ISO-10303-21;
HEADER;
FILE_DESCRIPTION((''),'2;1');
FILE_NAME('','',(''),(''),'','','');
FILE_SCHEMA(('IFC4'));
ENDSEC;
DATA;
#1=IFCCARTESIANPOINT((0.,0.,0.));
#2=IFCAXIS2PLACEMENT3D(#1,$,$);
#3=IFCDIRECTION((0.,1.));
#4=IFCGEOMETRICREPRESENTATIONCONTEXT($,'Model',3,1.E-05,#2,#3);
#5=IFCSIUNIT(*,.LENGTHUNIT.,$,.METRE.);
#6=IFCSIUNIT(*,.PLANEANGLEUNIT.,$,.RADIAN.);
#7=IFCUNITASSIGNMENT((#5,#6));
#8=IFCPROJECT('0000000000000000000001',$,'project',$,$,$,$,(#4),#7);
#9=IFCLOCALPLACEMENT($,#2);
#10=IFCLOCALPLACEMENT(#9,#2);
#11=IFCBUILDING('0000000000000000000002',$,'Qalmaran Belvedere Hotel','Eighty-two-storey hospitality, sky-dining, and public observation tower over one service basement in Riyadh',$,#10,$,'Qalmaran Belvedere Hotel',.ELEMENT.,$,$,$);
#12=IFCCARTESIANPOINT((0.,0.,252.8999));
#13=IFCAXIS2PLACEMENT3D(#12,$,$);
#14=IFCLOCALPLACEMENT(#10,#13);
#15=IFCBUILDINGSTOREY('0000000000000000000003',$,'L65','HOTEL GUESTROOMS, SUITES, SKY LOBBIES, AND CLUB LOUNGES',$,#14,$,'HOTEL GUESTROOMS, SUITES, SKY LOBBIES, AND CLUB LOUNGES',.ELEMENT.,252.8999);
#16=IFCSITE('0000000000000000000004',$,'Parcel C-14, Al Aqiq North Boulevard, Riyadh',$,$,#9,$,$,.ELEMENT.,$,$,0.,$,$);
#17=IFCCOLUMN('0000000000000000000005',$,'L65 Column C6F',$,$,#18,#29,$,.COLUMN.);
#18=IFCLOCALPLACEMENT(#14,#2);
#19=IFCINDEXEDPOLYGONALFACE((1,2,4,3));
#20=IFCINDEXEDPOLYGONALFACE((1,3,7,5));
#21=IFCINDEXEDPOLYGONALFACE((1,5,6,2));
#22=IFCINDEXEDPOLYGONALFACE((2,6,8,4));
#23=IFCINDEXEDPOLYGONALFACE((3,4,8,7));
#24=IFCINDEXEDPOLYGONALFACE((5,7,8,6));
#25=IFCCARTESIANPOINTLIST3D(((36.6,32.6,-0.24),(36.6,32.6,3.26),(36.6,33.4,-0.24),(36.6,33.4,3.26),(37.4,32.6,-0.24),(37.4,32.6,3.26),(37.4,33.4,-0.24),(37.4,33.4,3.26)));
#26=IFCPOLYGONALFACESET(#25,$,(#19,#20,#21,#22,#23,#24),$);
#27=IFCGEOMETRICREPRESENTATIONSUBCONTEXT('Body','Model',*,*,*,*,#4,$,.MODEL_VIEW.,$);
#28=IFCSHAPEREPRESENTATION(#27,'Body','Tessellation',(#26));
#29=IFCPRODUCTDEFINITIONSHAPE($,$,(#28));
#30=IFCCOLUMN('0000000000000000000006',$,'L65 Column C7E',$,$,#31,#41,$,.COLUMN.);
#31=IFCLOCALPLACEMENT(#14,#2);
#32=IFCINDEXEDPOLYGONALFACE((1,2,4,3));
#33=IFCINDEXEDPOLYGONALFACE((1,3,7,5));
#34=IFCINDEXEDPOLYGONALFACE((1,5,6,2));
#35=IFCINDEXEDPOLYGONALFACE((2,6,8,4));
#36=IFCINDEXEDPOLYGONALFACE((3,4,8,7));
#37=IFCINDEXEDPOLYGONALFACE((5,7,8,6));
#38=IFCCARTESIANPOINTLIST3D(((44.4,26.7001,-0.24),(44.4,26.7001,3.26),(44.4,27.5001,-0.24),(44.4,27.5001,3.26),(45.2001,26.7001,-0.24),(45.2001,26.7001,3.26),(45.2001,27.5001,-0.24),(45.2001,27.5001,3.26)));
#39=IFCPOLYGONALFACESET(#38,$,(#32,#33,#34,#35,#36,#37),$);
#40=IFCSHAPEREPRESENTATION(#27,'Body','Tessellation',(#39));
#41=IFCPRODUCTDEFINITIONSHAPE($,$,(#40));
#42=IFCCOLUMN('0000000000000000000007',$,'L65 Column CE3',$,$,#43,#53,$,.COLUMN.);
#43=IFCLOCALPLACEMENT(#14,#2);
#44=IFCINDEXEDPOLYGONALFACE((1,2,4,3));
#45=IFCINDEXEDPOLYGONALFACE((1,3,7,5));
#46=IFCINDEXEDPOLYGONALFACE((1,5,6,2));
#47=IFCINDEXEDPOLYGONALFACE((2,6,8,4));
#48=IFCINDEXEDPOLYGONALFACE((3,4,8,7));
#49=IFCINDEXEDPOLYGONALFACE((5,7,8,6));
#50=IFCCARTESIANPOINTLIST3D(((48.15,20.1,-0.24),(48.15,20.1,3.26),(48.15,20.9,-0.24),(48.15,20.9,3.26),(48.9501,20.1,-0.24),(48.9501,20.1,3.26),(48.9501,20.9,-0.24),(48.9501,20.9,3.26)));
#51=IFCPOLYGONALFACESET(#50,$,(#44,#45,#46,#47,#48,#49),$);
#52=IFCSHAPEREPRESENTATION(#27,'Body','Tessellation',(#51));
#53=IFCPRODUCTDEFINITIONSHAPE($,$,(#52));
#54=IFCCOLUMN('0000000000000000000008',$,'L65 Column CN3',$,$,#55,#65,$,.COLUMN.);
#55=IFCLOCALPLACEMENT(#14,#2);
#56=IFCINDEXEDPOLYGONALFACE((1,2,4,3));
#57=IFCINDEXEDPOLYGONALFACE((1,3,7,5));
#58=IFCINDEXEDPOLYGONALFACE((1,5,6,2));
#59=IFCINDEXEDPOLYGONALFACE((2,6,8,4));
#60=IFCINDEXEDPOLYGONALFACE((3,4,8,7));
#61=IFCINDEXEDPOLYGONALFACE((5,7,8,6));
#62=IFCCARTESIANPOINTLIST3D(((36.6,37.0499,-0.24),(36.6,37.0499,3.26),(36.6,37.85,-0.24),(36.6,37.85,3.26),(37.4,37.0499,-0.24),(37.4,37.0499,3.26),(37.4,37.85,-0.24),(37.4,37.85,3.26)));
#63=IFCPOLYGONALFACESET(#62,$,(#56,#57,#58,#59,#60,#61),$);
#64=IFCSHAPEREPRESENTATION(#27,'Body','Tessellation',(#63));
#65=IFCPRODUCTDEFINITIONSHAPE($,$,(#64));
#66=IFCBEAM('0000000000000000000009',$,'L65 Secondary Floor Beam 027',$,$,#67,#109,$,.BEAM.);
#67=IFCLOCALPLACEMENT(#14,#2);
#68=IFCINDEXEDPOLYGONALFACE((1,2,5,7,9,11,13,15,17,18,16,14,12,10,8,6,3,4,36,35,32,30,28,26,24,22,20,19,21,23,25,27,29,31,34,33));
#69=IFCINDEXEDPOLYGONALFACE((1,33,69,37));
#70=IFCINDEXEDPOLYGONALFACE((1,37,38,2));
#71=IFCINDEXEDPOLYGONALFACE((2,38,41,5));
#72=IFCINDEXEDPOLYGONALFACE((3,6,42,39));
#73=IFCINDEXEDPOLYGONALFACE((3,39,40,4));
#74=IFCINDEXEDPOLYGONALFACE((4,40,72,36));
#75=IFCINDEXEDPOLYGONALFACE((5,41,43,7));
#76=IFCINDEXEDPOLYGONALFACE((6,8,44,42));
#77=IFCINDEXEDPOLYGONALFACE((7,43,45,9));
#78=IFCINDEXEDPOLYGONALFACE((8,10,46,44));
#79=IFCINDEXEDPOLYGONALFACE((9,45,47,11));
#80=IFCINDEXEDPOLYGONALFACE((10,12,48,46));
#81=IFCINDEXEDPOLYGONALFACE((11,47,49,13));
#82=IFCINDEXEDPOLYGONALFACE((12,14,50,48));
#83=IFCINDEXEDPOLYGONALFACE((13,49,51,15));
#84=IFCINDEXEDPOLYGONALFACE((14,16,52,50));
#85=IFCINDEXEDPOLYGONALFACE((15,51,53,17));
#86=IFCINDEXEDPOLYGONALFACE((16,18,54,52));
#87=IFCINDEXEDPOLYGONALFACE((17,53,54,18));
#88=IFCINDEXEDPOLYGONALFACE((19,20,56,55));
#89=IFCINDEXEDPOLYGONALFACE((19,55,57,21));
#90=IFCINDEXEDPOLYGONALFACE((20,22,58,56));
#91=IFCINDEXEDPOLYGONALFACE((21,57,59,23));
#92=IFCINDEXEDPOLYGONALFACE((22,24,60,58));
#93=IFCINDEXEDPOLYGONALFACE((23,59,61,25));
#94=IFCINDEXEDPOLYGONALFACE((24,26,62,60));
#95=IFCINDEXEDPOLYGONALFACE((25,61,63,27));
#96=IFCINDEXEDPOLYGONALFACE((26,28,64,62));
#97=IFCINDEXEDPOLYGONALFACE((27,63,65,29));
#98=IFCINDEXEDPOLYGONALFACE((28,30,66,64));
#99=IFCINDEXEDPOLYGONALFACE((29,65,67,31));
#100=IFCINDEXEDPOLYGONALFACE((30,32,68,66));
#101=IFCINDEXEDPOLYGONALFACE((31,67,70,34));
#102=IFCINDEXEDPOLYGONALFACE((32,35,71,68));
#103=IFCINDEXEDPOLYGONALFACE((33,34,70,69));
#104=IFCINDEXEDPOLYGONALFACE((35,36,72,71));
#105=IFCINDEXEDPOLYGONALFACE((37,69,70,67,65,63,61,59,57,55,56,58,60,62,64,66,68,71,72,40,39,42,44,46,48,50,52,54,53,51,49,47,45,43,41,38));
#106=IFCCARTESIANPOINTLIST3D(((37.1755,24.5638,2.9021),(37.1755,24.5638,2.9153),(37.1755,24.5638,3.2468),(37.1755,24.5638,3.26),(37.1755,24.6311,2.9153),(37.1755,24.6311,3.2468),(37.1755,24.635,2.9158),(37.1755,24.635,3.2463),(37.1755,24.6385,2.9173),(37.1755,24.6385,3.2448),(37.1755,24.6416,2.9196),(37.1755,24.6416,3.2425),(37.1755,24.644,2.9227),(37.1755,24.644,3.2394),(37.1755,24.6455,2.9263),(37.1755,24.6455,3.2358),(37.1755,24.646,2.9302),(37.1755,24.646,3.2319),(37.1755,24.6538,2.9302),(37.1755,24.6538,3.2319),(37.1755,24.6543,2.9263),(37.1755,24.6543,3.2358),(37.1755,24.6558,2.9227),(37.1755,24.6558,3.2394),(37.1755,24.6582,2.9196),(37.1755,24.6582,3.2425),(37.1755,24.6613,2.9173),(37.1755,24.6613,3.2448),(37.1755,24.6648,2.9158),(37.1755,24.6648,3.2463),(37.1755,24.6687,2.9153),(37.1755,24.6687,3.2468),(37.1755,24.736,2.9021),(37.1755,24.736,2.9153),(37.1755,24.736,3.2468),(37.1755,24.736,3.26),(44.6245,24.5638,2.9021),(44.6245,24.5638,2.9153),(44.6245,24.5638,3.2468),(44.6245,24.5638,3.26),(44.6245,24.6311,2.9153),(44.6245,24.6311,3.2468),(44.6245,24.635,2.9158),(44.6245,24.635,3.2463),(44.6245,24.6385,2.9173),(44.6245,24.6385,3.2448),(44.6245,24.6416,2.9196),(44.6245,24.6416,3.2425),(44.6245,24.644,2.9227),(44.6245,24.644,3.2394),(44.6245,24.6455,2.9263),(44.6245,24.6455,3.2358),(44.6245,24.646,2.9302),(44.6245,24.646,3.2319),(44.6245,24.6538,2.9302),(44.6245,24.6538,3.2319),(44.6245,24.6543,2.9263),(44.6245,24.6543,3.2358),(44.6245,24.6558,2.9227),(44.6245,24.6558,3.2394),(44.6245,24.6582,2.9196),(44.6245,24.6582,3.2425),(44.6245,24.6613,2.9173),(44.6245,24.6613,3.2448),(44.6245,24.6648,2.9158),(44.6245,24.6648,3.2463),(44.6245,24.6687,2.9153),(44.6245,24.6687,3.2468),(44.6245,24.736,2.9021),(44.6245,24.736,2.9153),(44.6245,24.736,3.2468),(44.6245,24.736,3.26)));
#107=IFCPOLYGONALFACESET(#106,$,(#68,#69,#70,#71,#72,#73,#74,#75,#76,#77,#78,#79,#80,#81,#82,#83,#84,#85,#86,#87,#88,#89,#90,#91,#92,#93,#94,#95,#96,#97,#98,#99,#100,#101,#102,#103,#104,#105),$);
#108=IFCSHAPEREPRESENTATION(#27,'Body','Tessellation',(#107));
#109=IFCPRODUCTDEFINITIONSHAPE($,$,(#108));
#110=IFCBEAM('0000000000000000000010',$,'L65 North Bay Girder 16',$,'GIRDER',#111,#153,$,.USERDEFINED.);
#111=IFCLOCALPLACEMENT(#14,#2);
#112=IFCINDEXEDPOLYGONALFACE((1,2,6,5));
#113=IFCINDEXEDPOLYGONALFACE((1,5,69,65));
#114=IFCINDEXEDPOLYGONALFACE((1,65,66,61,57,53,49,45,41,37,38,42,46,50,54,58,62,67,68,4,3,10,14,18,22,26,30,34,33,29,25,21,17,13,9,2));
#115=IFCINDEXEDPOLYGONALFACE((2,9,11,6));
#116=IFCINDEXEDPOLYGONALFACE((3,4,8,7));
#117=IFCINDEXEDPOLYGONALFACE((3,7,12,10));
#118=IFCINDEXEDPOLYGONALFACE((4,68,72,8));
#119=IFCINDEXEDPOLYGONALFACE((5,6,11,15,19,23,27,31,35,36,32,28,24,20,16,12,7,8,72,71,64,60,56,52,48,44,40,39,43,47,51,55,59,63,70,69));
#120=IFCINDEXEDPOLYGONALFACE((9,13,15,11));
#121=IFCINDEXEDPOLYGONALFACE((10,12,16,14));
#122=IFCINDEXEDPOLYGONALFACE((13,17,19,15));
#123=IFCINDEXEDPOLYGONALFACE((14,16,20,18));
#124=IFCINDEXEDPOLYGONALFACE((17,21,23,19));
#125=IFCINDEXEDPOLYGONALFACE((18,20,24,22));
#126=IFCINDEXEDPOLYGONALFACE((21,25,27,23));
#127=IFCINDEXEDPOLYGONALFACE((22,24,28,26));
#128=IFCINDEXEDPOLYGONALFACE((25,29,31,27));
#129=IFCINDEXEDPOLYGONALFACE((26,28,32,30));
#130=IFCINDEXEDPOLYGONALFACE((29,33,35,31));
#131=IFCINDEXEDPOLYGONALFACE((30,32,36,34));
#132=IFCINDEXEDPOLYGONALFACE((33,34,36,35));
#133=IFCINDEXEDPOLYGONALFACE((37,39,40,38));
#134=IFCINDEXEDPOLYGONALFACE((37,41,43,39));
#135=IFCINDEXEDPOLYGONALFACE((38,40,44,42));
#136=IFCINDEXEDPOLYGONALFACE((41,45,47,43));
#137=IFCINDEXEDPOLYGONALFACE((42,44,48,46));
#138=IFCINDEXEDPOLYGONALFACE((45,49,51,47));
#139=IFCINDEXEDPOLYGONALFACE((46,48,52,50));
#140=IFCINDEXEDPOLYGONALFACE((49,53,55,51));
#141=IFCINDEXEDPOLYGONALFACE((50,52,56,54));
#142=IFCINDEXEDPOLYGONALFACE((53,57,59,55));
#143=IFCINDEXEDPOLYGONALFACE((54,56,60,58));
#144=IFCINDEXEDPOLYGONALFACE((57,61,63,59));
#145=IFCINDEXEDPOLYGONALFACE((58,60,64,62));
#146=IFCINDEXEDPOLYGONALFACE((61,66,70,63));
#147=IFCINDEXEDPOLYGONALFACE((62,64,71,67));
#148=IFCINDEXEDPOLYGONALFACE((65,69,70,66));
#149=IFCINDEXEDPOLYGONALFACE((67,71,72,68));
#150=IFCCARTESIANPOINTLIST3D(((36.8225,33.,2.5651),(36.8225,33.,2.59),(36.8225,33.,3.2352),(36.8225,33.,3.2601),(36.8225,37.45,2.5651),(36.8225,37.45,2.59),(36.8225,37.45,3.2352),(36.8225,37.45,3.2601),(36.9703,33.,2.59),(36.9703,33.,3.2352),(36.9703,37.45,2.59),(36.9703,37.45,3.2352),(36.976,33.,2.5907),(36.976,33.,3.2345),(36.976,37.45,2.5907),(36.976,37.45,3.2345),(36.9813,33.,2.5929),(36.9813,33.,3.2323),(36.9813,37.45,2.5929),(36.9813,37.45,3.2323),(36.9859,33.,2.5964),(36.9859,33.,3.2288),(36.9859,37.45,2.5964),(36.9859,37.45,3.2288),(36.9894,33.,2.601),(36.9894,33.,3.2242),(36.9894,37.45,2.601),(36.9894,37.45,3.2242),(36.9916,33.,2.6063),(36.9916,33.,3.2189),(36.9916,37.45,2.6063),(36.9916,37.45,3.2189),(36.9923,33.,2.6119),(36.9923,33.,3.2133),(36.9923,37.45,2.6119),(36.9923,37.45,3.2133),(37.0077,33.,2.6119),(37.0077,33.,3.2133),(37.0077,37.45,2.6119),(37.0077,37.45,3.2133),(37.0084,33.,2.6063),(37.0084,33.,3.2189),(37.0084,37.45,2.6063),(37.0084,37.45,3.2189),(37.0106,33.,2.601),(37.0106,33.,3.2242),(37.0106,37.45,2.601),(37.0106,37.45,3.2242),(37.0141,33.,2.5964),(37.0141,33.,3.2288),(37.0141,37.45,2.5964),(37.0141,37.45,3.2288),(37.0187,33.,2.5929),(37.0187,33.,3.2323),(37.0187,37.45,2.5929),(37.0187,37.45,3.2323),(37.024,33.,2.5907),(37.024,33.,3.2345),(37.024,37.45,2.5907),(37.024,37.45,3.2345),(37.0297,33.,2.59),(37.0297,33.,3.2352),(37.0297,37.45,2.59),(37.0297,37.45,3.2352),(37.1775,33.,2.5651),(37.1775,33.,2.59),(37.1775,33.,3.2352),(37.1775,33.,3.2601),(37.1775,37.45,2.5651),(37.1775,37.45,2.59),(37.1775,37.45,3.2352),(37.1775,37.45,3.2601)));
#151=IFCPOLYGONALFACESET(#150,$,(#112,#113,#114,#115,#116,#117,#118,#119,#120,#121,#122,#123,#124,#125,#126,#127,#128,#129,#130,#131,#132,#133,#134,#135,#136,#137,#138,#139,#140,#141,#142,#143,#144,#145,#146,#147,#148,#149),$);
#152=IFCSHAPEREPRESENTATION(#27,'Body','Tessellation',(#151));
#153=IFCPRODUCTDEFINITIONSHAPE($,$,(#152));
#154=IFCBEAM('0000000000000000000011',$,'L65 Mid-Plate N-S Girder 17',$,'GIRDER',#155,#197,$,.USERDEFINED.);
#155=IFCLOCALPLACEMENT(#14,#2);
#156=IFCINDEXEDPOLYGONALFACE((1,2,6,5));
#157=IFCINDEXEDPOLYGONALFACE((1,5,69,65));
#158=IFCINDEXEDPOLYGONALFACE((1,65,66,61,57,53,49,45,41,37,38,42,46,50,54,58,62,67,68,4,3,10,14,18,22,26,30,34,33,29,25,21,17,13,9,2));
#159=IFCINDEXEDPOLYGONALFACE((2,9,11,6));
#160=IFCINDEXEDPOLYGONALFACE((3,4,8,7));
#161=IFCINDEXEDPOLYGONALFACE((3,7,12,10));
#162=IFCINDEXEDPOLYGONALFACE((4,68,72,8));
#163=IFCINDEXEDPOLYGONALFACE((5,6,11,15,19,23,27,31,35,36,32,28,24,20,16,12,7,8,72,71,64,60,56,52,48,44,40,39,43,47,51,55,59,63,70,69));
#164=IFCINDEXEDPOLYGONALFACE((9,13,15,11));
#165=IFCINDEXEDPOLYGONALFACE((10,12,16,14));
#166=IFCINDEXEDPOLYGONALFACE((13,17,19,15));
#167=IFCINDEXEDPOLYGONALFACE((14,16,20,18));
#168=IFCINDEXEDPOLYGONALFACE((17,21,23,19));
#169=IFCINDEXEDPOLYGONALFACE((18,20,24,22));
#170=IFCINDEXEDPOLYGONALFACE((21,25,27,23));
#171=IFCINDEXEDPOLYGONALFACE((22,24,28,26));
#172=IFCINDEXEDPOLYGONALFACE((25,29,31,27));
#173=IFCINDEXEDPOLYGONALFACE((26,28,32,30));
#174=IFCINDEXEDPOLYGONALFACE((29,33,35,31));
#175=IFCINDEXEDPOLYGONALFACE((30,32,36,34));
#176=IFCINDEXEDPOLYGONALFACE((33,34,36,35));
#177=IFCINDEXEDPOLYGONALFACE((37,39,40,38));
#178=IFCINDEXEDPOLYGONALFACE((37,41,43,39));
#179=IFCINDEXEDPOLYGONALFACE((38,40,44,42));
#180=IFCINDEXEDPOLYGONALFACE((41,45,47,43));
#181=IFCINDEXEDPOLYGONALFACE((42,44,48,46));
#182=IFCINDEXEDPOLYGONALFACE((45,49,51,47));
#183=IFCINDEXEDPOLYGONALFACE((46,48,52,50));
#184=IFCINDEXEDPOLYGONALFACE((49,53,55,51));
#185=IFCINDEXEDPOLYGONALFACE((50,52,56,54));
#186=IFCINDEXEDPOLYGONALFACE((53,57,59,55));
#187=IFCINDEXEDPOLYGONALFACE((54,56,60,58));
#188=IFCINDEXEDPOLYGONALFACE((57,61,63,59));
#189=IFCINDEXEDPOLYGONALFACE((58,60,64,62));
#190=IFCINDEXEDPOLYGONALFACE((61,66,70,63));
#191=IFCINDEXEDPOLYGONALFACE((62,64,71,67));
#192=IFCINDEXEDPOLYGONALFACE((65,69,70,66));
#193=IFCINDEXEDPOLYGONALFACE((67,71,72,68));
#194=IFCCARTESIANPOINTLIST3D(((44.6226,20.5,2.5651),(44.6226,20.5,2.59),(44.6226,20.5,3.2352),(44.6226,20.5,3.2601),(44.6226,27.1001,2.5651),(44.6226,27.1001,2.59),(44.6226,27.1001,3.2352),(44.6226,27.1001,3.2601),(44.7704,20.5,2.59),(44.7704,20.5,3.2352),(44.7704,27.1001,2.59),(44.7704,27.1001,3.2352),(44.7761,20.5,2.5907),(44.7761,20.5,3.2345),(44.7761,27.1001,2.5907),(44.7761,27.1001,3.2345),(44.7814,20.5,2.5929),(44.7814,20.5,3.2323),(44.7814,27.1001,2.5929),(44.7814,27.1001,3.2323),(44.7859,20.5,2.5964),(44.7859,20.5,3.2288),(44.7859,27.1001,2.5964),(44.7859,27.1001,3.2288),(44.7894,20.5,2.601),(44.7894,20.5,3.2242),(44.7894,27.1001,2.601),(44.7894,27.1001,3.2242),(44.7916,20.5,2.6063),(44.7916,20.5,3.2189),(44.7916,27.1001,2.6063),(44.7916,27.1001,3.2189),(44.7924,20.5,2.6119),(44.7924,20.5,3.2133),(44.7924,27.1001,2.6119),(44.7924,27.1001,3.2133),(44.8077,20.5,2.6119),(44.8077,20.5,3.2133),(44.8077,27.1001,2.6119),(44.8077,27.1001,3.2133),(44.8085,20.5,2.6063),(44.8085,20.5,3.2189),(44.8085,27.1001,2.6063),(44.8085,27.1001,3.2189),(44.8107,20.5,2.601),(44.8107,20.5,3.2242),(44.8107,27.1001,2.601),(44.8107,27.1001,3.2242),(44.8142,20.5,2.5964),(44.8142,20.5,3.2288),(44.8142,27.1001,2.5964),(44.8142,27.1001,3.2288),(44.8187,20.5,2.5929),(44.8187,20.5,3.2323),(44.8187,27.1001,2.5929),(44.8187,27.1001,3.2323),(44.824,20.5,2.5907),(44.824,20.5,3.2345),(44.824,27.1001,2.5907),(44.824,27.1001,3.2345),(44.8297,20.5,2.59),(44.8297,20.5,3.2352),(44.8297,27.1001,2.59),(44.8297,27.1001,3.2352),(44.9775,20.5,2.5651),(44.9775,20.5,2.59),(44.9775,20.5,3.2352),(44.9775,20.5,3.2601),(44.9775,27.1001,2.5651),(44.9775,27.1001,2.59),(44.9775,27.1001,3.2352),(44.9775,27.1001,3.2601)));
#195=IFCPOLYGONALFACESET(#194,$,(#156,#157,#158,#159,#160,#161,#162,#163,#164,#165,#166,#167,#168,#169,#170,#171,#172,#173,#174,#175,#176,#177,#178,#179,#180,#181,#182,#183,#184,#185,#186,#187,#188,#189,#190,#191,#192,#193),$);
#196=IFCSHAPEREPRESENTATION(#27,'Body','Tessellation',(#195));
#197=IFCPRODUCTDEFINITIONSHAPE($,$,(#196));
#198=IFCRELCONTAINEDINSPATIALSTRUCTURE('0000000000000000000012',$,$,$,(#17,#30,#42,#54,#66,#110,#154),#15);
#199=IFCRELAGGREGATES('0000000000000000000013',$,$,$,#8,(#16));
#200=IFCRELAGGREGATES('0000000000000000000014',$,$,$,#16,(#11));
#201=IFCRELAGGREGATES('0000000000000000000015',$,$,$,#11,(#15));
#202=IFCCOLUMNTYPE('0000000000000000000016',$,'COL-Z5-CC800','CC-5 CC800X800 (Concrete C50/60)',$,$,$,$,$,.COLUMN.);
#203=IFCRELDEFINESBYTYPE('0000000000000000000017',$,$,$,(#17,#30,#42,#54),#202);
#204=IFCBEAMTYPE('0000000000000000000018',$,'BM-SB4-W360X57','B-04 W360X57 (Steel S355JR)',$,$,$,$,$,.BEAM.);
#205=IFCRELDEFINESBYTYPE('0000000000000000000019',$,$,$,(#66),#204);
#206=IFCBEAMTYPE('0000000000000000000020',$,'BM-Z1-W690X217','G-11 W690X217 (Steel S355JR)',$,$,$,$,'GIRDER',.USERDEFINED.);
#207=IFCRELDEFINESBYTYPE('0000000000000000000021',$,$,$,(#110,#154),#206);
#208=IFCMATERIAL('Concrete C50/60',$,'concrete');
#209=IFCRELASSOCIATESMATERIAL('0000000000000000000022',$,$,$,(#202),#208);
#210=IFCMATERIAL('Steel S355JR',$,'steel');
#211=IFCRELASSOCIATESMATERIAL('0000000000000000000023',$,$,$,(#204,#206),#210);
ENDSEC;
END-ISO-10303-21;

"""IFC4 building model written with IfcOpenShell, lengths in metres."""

from ifc_helpers import new_model, si_unit, direction, frame, origin, origin_2d, place, context, subcontext, project, spatial, rectangle, i_section, extrude, material, material_profile, profile_set, type_object, element, save


model = new_model("IFC4")

# Units and contexts
model_context = context("Model", 3, precision=1e-05, world=origin(), true_north=direction((0.0, 1.0)))
body_context = subcontext(model_context, "Body", "Model", "MODEL_VIEW")
ifc_project = project(units=[si_unit("LENGTHUNIT", "METRE"), si_unit("PLANEANGLEUNIT", "RADIAN")], contexts=[model_context])

# Site, building, storey
site_placement = place(None, origin())
site = spatial("IfcSite", under=ifc_project, at=site_placement, Name="Parcel C-14, Al Aqiq North Boulevard, Riyadh", CompositionType="ELEMENT", RefElevation=0.0)
building_placement = place(site_placement, origin())
building = spatial("IfcBuilding", under=site, at=building_placement, Name="Qalmaran Belvedere Hotel", Description="Eighty-two-storey hospitality, sky-dining, and public observation tower over one service basement in Riyadh", LongName="Qalmaran Belvedere Hotel", CompositionType="ELEMENT")
storey_placement = place(building_placement, frame((0.0, 0.0, 252.8999)))
storey = spatial("IfcBuildingStorey", under=building, at=storey_placement, Name="L65", Description="HOTEL GUESTROOMS, SUITES, SKY LOBBIES, AND CLUB LOUNGES", LongName="HOTEL GUESTROOMS, SUITES, SKY LOBBIES, AND CLUB LOUNGES", CompositionType="ELEMENT", Elevation=252.8999)

# Columns
ifc_material_1 = material(Name="Concrete C50/60", Category="concrete")
ifc_material_profile_1 = material_profile(ifc_material_1, rectangle(XDim=0.8, YDim=0.8, at=origin_2d()), Name="CC800X800")
ifc_profile_set_1 = profile_set([ifc_material_profile_1], Name="Concrete C50/60")
column_type = type_object("IfcColumnType", Name="COL-Z5-CC800", Description="CC-5 CC800X800 (Concrete C50/60)", PredefinedType="COLUMN", material=ifc_profile_set_1)
for number, where, z_axis, x_axis, name in (
    (1, (37.0, 33.0, -0.24), (0.0, 0.0, 1.0), (1.0, 0.0, 0.0), "L65 Column C6F"),
    (2, (44.8, 27.1001, -0.24), (0.0, 0.0, 1.0), (1.0, 0.0, 0.0), "L65 Column C7E"),
    (3, (48.55, 20.5, -0.24), (0.0, 0.0, 1.0), (1.0, 0.0, 0.0), "L65 Column CE3"),
    (4, (37.0, 37.45, -0.24), (0.0, 0.0, 1.0), (1.0, 0.0, 0.0), "L65 Column CN3"),
):
    element("IfcColumn", number, at=place(storey_placement, frame(where, z_axis=z_axis, x_axis=x_axis)), inside=storey, type_object=column_type, Name=name, PredefinedType="COLUMN", context=body_context, shape_type="SweptSolid", body=[
        extrude(rectangle(XDim=0.8, YDim=0.8, at=origin_2d()), origin(), (0.0, 0.0, 1.0), 3.5),
    ])

# Beams
ifc_material_2 = material(Name="Steel S355JR", Category="steel")
ifc_material_profile_2 = material_profile(ifc_material_2, i_section(OverallWidth=0.1721, OverallDepth=0.3579, WebThickness=0.0078, FlangeThickness=0.0132, FilletRadius=0.0149, at=origin_2d()), Name="W360X57")
ifc_profile_set_2 = profile_set([ifc_material_profile_2], Name="Steel S355JR")
beam_type_1 = type_object("IfcBeamType", Name="BM-SB4-W360X57", Description="B-04 W360X57 (Steel S355JR)", PredefinedType="BEAM", material=ifc_profile_set_2)
beam_1_placement = place(storey_placement, frame((37.1755, 24.6499, 3.0811), z_axis=(1.0, 0.0, 0.0), x_axis=(0.0, 1.0, 0.0)))
element("IfcBeam", 5, at=beam_1_placement, inside=storey, type_object=beam_type_1, Name="L65 Secondary Floor Beam 027", PredefinedType="BEAM", context=body_context, shape_type="SweptSolid", body=[
    extrude(i_section(OverallWidth=0.1721, OverallDepth=0.3579, WebThickness=0.0078, FlangeThickness=0.0132, FilletRadius=0.0149, at=origin_2d()), origin(), (0.0, 0.0, 1.0), 7.449),
])
ifc_material_profile_3 = material_profile(ifc_material_2, i_section(OverallWidth=0.355, OverallDepth=0.6951, WebThickness=0.0154, FlangeThickness=0.0249, FilletRadius=0.022, at=origin_2d()), Name="W690X217")
ifc_profile_set_3 = profile_set([ifc_material_profile_3], Name="Steel S355JR")
beam_type_2 = type_object("IfcBeamType", Name="BM-Z1-W690X217", Description="G-11 W690X217 (Steel S355JR)", ElementType="GIRDER", PredefinedType="USERDEFINED", material=ifc_profile_set_3)
beam_2_placement = place(storey_placement, frame((37.0, 33.0, 2.9126), z_axis=(0.0, 1.0, 0.0), x_axis=(-1.0, 0.0, 0.0)))
element("IfcBeam", 6, at=beam_2_placement, inside=storey, type_object=beam_type_2, Name="L65 North Bay Girder 16", ObjectType="GIRDER", PredefinedType="USERDEFINED", context=body_context, shape_type="SweptSolid", body=[
    extrude(i_section(OverallWidth=0.355, OverallDepth=0.6951, WebThickness=0.0154, FlangeThickness=0.0249, FilletRadius=0.022, at=origin_2d()), origin(), (0.0, 0.0, 1.0), 4.45),
])
beam_3_placement = place(storey_placement, frame((44.8, 20.5, 2.9126), z_axis=(0.0, 1.0, 0.0), x_axis=(-1.0, 0.0, 0.0)))
element("IfcBeam", 7, at=beam_3_placement, inside=storey, type_object=beam_type_2, Name="L65 Mid-Plate N-S Girder 17", ObjectType="GIRDER", PredefinedType="USERDEFINED", context=body_context, shape_type="SweptSolid", body=[
    extrude(i_section(OverallWidth=0.355, OverallDepth=0.6951, WebThickness=0.0154, FlangeThickness=0.0249, FilletRadius=0.022, at=origin_2d()), origin(), (0.0, 0.0, 1.0), 6.6001),
])

save(model, "model.ifc")
